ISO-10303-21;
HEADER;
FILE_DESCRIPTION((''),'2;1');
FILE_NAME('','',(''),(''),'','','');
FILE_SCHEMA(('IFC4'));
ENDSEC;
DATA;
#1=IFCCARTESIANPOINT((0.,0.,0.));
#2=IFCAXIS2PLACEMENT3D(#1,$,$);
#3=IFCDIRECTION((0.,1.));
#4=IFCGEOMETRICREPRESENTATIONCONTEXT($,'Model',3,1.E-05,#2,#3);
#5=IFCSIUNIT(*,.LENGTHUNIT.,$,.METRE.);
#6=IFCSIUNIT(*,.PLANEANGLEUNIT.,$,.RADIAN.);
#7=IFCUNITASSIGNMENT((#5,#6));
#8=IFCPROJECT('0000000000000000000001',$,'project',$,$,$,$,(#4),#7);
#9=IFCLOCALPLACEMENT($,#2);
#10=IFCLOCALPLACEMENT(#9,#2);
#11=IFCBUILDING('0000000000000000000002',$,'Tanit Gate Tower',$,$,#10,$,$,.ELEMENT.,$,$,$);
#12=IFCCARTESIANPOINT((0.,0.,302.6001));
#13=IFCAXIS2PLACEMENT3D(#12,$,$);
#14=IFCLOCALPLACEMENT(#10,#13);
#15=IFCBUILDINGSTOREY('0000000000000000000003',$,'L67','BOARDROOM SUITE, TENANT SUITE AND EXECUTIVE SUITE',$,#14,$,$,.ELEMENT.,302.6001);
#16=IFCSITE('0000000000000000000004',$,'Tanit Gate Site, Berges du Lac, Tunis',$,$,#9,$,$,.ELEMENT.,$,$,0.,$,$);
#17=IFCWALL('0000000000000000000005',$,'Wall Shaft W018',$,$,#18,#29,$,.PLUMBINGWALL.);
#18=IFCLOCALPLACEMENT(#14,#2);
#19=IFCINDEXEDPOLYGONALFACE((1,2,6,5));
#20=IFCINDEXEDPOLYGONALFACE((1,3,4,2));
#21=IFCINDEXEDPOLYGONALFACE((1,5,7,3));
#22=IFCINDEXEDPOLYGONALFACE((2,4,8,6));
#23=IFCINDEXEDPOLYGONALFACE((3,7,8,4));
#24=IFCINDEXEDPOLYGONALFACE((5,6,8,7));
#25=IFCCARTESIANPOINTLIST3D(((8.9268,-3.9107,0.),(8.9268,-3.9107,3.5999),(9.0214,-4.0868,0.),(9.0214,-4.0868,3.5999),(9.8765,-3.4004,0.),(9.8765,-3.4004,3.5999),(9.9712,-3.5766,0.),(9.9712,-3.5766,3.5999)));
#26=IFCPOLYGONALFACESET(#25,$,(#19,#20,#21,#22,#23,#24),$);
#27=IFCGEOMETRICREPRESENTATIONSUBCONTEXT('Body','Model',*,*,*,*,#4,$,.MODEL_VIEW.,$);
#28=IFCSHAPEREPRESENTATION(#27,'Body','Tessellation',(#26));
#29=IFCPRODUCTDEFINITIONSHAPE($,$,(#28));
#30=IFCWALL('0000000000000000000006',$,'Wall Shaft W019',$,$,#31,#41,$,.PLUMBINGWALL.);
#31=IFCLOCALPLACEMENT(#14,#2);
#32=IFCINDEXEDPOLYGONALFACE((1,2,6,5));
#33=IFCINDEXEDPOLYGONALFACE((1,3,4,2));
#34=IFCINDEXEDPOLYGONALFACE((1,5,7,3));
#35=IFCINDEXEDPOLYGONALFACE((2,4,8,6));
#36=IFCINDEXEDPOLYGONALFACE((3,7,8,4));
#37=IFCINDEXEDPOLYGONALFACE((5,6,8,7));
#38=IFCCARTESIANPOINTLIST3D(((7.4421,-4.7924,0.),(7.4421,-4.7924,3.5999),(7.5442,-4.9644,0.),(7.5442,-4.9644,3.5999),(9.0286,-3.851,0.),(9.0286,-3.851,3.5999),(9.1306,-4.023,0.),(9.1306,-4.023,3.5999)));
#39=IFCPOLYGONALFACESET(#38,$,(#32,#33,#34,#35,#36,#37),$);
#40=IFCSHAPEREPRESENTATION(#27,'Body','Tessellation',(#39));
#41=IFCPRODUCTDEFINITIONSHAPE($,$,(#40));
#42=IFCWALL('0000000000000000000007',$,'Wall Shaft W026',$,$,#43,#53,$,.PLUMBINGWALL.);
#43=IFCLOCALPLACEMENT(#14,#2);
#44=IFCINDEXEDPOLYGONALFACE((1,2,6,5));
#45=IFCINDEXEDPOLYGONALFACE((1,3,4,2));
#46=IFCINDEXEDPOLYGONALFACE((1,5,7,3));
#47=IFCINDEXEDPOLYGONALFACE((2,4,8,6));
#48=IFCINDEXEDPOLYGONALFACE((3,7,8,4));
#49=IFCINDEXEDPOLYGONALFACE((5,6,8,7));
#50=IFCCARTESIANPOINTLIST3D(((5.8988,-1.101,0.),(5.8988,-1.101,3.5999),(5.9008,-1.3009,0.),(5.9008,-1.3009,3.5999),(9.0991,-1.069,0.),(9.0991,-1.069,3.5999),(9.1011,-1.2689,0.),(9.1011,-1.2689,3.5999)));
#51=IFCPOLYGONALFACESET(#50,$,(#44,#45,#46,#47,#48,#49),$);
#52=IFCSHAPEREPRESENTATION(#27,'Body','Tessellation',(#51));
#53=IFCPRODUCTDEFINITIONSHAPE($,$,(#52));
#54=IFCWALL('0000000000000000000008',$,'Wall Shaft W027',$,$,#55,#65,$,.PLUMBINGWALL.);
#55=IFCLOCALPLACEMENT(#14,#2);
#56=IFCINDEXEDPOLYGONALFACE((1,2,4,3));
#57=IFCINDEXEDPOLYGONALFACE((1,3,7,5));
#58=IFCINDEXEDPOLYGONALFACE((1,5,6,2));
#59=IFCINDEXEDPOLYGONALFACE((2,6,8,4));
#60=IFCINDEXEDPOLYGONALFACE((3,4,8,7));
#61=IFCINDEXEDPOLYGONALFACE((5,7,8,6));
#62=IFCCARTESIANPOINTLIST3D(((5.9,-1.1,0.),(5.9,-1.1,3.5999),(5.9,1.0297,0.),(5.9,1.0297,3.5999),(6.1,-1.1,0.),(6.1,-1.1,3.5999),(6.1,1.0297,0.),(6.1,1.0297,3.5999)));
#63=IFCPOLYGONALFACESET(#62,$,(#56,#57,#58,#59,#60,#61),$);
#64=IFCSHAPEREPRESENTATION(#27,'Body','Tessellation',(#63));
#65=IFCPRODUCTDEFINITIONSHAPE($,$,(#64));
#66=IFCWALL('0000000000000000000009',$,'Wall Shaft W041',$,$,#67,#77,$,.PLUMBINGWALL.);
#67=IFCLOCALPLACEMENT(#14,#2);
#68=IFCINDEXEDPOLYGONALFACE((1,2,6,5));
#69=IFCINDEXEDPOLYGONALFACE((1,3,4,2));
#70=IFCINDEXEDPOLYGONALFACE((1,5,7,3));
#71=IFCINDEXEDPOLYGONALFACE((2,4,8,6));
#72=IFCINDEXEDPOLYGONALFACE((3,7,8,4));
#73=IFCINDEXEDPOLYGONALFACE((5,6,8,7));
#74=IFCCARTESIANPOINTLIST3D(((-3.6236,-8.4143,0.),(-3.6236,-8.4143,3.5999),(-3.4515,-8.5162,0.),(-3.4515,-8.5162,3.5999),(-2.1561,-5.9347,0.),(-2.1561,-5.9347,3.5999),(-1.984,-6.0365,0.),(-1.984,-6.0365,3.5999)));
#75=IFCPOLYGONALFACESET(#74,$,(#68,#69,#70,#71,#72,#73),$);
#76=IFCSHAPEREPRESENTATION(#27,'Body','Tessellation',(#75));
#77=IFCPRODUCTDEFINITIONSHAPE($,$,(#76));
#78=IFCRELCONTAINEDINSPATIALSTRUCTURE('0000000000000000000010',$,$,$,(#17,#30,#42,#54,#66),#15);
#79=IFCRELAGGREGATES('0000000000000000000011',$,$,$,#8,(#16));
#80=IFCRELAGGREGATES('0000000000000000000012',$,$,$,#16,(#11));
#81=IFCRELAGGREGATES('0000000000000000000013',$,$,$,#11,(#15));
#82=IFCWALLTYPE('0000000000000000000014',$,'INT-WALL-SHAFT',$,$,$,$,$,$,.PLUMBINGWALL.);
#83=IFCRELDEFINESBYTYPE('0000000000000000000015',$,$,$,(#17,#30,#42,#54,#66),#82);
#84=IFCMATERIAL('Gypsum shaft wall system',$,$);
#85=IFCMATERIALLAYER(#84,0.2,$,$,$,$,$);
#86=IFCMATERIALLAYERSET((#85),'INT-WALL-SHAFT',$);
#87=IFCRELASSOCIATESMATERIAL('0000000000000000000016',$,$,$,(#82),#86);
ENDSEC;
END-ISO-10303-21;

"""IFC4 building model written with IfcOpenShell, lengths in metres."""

from ifc_helpers import new_model, si_unit, direction, frame, frame_2d, origin, place, context, subcontext, project, spatial, rectangle, extrude, material, layer, layer_set, type_object, element, save


model = new_model("IFC4")

# Units and contexts
model_context = context("Model", 3, precision=1e-05, world=origin(), true_north=direction((0.0, 1.0)))
body_context = subcontext(model_context, "Body", "Model", "MODEL_VIEW")
ifc_project = project(units=[si_unit("LENGTHUNIT", "METRE"), si_unit("PLANEANGLEUNIT", "RADIAN")], contexts=[model_context])

# Site, building, storey
site_placement = place(None, origin())
site = spatial("IfcSite", under=ifc_project, at=site_placement, Name="Tanit Gate Site, Berges du Lac, Tunis", CompositionType="ELEMENT", RefElevation=0.0)
building_placement = place(site_placement, origin())
building = spatial("IfcBuilding", under=site, at=building_placement, Name="Tanit Gate Tower", CompositionType="ELEMENT")
storey_placement = place(building_placement, frame((0.0, 0.0, 302.6001)))
storey = spatial("IfcBuildingStorey", under=building, at=storey_placement, Name="L67", Description="BOARDROOM SUITE, TENANT SUITE AND EXECUTIVE SUITE", CompositionType="ELEMENT", Elevation=302.6001)

# Walls
ifc_material_1 = material(Name="Gypsum shaft wall system")
ifc_layer_1 = layer(ifc_material_1, 0.2)
ifc_layer_set_1 = layer_set([ifc_layer_1], Name="INT-WALL-SHAFT")
wall_type_1 = type_object("IfcWallType", Name="INT-WALL-SHAFT", PredefinedType="PLUMBINGWALL", material=ifc_layer_set_1)
wall_1_placement = place(storey_placement, frame((8.9741, -3.9988, 0.0), z_axis=(0.0, 0.0, 1.0), x_axis=(0.880907, 0.473289, 0.0)))
element("IfcWall", 1, at=wall_1_placement, inside=storey, type_object=wall_type_1, Name="Wall Shaft W018", PredefinedType="PLUMBINGWALL", context=body_context, shape_type="SweptSolid", body=[
    extrude(rectangle(XDim=1.0781, YDim=0.2, at=frame_2d((0.5391, 0.0))), origin(), (0.0, 0.0, 1.0), 3.5999),
])
wall_2_placement = place(storey_placement, frame((7.4932, -4.8784, 0.0), z_axis=(0.0, 0.0, 1.0), x_axis=(0.859982, 0.510325, 0.0)))
element("IfcWall", 2, at=wall_2_placement, inside=storey, type_object=wall_type_1, Name="Wall Shaft W019", PredefinedType="PLUMBINGWALL", context=body_context, shape_type="SweptSolid", body=[
    extrude(rectangle(XDim=1.8447, YDim=0.2, at=frame_2d((0.9224, 0.0))), origin(), (0.0, 0.0, 1.0), 3.5999),
])
wall_3_placement = place(storey_placement, frame((5.8999, -1.2009, 0.0), z_axis=(0.0, 0.0, 1.0), x_axis=(0.99995, 0.009993, 0.0)))
element("IfcWall", 3, at=wall_3_placement, inside=storey, type_object=wall_type_1, Name="Wall Shaft W026", PredefinedType="PLUMBINGWALL", context=body_context, shape_type="SweptSolid", body=[
    extrude(rectangle(XDim=3.2004, YDim=0.2, at=frame_2d((1.6001, 0.0))), origin(), (0.0, 0.0, 1.0), 3.5999),
])
wall_4_placement = place(storey_placement, frame((6.0, -1.1001, 0.0), z_axis=(0.0, 0.0, 1.0), x_axis=(0.0, 1.0, 0.0)))
element("IfcWall", 4, at=wall_4_placement, inside=storey, type_object=wall_type_1, Name="Wall Shaft W027", PredefinedType="PLUMBINGWALL", context=body_context, shape_type="SweptSolid", body=[
    extrude(rectangle(XDim=2.1296, YDim=0.2, at=frame_2d((1.0649, 0.0))), origin(), (0.0, 0.0, 1.0), 3.5999),
])
wall_5_placement = place(storey_placement, frame((-2.0701, -5.9856, 0.0), z_axis=(0.0, 0.0, 1.0), x_axis=(-0.509303, -0.860587, 0.0)))
element("IfcWall", 5, at=wall_5_placement, inside=storey, type_object=wall_type_1, Name="Wall Shaft W041", PredefinedType="PLUMBINGWALL", context=body_context, shape_type="SweptSolid", body=[
    extrude(rectangle(XDim=2.8813, YDim=0.2, at=frame_2d((1.4407, 0.0))), origin(), (0.0, 0.0, 1.0), 3.5999),
])

save(model, "model.ifc")
